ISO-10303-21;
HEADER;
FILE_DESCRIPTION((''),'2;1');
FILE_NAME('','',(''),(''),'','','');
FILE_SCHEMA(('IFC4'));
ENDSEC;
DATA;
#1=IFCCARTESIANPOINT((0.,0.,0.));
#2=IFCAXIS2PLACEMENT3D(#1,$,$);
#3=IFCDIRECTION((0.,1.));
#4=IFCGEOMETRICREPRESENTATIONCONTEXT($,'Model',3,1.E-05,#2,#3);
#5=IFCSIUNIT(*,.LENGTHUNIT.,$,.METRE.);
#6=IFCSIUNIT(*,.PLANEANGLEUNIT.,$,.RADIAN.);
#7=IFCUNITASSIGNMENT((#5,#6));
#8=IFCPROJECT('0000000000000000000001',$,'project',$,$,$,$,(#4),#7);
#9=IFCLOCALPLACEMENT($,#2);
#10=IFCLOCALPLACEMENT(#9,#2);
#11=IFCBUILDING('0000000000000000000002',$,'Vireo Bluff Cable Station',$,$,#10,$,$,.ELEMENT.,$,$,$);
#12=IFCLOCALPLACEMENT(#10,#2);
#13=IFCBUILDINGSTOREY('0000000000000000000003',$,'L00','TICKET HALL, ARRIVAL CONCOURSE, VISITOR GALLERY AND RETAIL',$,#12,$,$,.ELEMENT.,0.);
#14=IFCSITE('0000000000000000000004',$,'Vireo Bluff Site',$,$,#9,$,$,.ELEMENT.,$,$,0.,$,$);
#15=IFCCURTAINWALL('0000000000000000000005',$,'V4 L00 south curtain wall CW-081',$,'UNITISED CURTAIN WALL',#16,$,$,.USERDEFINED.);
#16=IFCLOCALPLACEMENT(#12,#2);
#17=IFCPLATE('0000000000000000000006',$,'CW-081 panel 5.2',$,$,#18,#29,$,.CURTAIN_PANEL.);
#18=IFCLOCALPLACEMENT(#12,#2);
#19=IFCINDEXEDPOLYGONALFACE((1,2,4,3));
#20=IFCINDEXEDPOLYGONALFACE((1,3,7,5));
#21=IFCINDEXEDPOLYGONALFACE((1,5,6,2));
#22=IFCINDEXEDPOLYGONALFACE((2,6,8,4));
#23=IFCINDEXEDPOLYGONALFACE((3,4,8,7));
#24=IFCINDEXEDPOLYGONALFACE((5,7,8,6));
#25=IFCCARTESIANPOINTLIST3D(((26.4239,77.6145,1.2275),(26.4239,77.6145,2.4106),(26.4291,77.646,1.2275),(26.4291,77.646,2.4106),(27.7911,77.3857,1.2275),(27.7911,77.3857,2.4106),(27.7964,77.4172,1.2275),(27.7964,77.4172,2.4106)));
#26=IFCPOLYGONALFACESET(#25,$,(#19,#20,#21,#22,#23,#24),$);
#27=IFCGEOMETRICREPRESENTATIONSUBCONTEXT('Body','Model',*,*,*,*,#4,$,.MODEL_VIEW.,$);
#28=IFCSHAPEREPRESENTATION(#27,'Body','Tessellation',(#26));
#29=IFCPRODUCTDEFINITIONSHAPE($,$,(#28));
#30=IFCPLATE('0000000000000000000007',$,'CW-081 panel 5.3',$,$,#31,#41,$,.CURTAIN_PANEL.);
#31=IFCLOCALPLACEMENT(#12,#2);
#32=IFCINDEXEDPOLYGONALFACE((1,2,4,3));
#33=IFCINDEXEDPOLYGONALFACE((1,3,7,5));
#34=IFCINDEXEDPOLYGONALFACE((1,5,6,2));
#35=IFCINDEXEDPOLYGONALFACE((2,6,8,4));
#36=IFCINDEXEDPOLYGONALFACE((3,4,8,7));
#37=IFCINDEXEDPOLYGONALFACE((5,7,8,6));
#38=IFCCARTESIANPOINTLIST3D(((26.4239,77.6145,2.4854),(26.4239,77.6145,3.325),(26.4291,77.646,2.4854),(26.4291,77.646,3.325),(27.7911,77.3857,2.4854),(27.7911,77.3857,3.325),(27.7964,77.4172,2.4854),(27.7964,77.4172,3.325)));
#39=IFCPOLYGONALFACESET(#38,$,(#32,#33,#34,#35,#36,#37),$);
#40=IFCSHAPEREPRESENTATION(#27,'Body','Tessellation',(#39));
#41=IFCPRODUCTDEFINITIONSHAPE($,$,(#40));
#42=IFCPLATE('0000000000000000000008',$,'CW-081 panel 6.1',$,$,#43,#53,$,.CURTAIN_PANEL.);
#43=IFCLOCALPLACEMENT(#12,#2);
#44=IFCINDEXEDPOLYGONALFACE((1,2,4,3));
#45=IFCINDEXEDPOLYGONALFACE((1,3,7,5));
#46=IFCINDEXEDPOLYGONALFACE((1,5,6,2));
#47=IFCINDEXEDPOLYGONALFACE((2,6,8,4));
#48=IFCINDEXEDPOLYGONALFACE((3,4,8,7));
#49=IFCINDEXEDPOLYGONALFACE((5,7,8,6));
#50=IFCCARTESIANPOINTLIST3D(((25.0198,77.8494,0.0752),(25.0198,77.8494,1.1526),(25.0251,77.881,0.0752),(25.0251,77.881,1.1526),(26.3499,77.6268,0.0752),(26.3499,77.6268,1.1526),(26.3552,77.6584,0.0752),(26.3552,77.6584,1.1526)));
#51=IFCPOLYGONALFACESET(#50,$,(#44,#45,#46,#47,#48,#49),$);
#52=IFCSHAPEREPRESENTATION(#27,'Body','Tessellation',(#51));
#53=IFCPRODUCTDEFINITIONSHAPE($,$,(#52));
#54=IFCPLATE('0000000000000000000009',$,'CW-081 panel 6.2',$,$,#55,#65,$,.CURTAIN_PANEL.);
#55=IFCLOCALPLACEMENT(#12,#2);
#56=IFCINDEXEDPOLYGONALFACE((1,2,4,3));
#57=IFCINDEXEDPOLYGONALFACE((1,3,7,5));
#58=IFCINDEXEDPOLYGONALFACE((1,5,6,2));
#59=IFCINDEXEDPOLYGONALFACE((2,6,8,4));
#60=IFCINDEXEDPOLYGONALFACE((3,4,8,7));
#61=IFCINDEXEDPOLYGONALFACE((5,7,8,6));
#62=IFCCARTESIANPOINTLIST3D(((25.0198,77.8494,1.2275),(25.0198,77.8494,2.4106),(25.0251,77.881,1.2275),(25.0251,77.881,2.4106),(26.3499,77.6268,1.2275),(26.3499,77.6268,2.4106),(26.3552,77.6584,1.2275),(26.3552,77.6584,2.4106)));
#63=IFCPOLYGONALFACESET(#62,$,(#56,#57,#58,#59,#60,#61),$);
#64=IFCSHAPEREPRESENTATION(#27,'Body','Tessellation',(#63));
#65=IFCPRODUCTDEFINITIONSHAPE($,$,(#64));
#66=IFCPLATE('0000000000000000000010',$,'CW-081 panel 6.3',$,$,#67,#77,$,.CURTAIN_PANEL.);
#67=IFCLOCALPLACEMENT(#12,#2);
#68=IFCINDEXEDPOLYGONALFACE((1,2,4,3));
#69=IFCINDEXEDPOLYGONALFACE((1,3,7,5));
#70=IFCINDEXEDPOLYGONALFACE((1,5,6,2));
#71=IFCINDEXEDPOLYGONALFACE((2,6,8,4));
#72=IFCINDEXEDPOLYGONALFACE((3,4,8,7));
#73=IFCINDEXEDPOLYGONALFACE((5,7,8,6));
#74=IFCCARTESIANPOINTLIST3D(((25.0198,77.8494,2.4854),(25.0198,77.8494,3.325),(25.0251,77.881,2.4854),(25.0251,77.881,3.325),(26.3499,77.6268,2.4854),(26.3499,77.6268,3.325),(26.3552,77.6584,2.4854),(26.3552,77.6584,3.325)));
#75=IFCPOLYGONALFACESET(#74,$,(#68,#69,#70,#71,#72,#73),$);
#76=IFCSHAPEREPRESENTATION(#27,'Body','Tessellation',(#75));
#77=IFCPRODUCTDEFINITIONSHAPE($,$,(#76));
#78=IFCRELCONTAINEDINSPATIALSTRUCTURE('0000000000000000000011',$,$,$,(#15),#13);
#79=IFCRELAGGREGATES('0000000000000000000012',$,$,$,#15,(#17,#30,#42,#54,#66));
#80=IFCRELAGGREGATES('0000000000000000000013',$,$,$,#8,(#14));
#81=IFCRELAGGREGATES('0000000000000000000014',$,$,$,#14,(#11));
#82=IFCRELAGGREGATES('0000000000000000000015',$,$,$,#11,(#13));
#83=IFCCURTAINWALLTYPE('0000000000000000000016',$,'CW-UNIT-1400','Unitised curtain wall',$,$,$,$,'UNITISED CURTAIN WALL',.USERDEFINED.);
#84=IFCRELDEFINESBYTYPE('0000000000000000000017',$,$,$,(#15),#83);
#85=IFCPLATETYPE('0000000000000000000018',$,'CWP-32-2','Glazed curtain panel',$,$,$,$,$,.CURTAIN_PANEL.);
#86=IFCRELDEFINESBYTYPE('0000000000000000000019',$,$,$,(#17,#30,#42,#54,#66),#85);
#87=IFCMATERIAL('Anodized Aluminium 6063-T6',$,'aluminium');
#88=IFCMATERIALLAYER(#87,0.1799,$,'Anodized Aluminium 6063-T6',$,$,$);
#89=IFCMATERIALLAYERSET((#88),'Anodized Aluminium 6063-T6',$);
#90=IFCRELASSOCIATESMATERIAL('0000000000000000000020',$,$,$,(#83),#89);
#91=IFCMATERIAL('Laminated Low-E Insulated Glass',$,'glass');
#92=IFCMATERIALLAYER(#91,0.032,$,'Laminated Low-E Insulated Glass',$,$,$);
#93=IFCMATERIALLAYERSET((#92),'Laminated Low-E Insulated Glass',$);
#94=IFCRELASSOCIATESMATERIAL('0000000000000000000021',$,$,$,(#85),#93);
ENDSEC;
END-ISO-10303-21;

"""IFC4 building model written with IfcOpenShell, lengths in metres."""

from ifc_helpers import new_model, si_unit, direction, frame, origin, origin_2d, place, context, subcontext, project, spatial, rectangle, extrude, material, layer, layer_set, type_object, element, aggregate, save


model = new_model("IFC4")

# Units and contexts
model_context = context("Model", 3, precision=1e-05, world=origin(), true_north=direction((0.0, 1.0)))
body_context = subcontext(model_context, "Body", "Model", "MODEL_VIEW")
ifc_project = project(units=[si_unit("LENGTHUNIT", "METRE"), si_unit("PLANEANGLEUNIT", "RADIAN")], contexts=[model_context])

# Site, building, storey
site_placement = place(None, origin())
site = spatial("IfcSite", under=ifc_project, at=site_placement, Name="Vireo Bluff Site", CompositionType="ELEMENT", RefElevation=0.0)
building_placement = place(site_placement, origin())
building = spatial("IfcBuilding", under=site, at=building_placement, Name="Vireo Bluff Cable Station", CompositionType="ELEMENT")
storey_placement = place(building_placement, origin())
storey = spatial("IfcBuildingStorey", under=building, at=storey_placement, Name="L00", Description="TICKET HALL, ARRIVAL CONCOURSE, VISITOR GALLERY AND RETAIL", CompositionType="ELEMENT", Elevation=0.0)

# Curtain wall
ifc_material_1 = material(Name="Anodized Aluminium 6063-T6", Category="aluminium")
ifc_layer_1 = layer(ifc_material_1, 0.1799, Name="Anodized Aluminium 6063-T6")
ifc_layer_set_1 = layer_set([ifc_layer_1], Name="Anodized Aluminium 6063-T6")
curtain_wall_type = type_object("IfcCurtainWallType", Name="CW-UNIT-1400", Description="Unitised curtain wall", ElementType="UNITISED CURTAIN WALL", PredefinedType="USERDEFINED", material=ifc_layer_set_1)
curtain_wall_placement = place(storey_placement, origin())
curtain_wall = element("IfcCurtainWall", 1, at=curtain_wall_placement, inside=storey, type_object=curtain_wall_type, Name="V4 L00 south curtain wall CW-081", ObjectType="UNITISED CURTAIN WALL", PredefinedType="USERDEFINED")

# Plates
ifc_material_2 = material(Name="Laminated Low-E Insulated Glass", Category="glass")
ifc_layer_2 = layer(ifc_material_2, 0.032, Name="Laminated Low-E Insulated Glass")
ifc_layer_set_2 = layer_set([ifc_layer_2], Name="Laminated Low-E Insulated Glass")
plate_type_1 = type_object("IfcPlateType", Name="CWP-32-2", Description="Glazed curtain panel", PredefinedType="CURTAIN_PANEL", material=ifc_layer_set_2)
plate_1_placement = place(storey_placement, frame((27.1101, 77.5159, 1.2275), z_axis=(0.0, 0.0, 1.0), x_axis=(-0.986286, 0.165048, 0.0)))
plate_1 = element("IfcPlate", 2, at=plate_1_placement, type_object=plate_type_1, Name="CW-081 panel 5.2", PredefinedType="CURTAIN_PANEL", context=body_context, shape_type="SweptSolid", body=[
    extrude(rectangle(XDim=1.3862, YDim=0.032, at=origin_2d()), origin(), (0.0, 0.0, 1.0), 1.1831),
])
plate_2_placement = place(storey_placement, frame((27.1101, 77.5159, 2.4854), z_axis=(0.0, 0.0, 1.0), x_axis=(-0.986286, 0.165048, 0.0)))
plate_2 = element("IfcPlate", 3, at=plate_2_placement, type_object=plate_type_1, Name="CW-081 panel 5.3", PredefinedType="CURTAIN_PANEL", context=body_context, shape_type="SweptSolid", body=[
    extrude(rectangle(XDim=1.3862, YDim=0.032, at=origin_2d()), origin(), (0.0, 0.0, 1.0), 0.8396),
])
plate_3_placement = place(storey_placement, frame((25.6875, 77.7539, 0.0752), z_axis=(0.0, 0.0, 1.0), x_axis=(-0.986286, 0.165048, 0.0)))
plate_3 = element("IfcPlate", 4, at=plate_3_placement, type_object=plate_type_1, Name="CW-081 panel 6.1", PredefinedType="CURTAIN_PANEL", context=body_context, shape_type="SweptSolid", body=[
    extrude(rectangle(XDim=1.3486, YDim=0.032, at=origin_2d()), origin(), (0.0, 0.0, 1.0), 1.0774),
])
plate_4_placement = place(storey_placement, frame((25.6875, 77.7539, 1.2275), z_axis=(0.0, 0.0, 1.0), x_axis=(-0.986286, 0.165048, 0.0)))
plate_4 = element("IfcPlate", 5, at=plate_4_placement, type_object=plate_type_1, Name="CW-081 panel 6.2", PredefinedType="CURTAIN_PANEL", context=body_context, shape_type="SweptSolid", body=[
    extrude(rectangle(XDim=1.3486, YDim=0.032, at=origin_2d()), origin(), (0.0, 0.0, 1.0), 1.1831),
])
plate_5_placement = place(storey_placement, frame((25.6875, 77.7539, 2.4854), z_axis=(0.0, 0.0, 1.0), x_axis=(-0.986286, 0.165048, 0.0)))
plate_5 = element("IfcPlate", 6, at=plate_5_placement, type_object=plate_type_1, Name="CW-081 panel 6.3", PredefinedType="CURTAIN_PANEL", context=body_context, shape_type="SweptSolid", body=[
    extrude(rectangle(XDim=1.3486, YDim=0.032, at=origin_2d()), origin(), (0.0, 0.0, 1.0), 0.8396),
])
aggregate(curtain_wall, [plate_1, plate_2, plate_3, plate_4, plate_5])

save(model, "model.ifc")
